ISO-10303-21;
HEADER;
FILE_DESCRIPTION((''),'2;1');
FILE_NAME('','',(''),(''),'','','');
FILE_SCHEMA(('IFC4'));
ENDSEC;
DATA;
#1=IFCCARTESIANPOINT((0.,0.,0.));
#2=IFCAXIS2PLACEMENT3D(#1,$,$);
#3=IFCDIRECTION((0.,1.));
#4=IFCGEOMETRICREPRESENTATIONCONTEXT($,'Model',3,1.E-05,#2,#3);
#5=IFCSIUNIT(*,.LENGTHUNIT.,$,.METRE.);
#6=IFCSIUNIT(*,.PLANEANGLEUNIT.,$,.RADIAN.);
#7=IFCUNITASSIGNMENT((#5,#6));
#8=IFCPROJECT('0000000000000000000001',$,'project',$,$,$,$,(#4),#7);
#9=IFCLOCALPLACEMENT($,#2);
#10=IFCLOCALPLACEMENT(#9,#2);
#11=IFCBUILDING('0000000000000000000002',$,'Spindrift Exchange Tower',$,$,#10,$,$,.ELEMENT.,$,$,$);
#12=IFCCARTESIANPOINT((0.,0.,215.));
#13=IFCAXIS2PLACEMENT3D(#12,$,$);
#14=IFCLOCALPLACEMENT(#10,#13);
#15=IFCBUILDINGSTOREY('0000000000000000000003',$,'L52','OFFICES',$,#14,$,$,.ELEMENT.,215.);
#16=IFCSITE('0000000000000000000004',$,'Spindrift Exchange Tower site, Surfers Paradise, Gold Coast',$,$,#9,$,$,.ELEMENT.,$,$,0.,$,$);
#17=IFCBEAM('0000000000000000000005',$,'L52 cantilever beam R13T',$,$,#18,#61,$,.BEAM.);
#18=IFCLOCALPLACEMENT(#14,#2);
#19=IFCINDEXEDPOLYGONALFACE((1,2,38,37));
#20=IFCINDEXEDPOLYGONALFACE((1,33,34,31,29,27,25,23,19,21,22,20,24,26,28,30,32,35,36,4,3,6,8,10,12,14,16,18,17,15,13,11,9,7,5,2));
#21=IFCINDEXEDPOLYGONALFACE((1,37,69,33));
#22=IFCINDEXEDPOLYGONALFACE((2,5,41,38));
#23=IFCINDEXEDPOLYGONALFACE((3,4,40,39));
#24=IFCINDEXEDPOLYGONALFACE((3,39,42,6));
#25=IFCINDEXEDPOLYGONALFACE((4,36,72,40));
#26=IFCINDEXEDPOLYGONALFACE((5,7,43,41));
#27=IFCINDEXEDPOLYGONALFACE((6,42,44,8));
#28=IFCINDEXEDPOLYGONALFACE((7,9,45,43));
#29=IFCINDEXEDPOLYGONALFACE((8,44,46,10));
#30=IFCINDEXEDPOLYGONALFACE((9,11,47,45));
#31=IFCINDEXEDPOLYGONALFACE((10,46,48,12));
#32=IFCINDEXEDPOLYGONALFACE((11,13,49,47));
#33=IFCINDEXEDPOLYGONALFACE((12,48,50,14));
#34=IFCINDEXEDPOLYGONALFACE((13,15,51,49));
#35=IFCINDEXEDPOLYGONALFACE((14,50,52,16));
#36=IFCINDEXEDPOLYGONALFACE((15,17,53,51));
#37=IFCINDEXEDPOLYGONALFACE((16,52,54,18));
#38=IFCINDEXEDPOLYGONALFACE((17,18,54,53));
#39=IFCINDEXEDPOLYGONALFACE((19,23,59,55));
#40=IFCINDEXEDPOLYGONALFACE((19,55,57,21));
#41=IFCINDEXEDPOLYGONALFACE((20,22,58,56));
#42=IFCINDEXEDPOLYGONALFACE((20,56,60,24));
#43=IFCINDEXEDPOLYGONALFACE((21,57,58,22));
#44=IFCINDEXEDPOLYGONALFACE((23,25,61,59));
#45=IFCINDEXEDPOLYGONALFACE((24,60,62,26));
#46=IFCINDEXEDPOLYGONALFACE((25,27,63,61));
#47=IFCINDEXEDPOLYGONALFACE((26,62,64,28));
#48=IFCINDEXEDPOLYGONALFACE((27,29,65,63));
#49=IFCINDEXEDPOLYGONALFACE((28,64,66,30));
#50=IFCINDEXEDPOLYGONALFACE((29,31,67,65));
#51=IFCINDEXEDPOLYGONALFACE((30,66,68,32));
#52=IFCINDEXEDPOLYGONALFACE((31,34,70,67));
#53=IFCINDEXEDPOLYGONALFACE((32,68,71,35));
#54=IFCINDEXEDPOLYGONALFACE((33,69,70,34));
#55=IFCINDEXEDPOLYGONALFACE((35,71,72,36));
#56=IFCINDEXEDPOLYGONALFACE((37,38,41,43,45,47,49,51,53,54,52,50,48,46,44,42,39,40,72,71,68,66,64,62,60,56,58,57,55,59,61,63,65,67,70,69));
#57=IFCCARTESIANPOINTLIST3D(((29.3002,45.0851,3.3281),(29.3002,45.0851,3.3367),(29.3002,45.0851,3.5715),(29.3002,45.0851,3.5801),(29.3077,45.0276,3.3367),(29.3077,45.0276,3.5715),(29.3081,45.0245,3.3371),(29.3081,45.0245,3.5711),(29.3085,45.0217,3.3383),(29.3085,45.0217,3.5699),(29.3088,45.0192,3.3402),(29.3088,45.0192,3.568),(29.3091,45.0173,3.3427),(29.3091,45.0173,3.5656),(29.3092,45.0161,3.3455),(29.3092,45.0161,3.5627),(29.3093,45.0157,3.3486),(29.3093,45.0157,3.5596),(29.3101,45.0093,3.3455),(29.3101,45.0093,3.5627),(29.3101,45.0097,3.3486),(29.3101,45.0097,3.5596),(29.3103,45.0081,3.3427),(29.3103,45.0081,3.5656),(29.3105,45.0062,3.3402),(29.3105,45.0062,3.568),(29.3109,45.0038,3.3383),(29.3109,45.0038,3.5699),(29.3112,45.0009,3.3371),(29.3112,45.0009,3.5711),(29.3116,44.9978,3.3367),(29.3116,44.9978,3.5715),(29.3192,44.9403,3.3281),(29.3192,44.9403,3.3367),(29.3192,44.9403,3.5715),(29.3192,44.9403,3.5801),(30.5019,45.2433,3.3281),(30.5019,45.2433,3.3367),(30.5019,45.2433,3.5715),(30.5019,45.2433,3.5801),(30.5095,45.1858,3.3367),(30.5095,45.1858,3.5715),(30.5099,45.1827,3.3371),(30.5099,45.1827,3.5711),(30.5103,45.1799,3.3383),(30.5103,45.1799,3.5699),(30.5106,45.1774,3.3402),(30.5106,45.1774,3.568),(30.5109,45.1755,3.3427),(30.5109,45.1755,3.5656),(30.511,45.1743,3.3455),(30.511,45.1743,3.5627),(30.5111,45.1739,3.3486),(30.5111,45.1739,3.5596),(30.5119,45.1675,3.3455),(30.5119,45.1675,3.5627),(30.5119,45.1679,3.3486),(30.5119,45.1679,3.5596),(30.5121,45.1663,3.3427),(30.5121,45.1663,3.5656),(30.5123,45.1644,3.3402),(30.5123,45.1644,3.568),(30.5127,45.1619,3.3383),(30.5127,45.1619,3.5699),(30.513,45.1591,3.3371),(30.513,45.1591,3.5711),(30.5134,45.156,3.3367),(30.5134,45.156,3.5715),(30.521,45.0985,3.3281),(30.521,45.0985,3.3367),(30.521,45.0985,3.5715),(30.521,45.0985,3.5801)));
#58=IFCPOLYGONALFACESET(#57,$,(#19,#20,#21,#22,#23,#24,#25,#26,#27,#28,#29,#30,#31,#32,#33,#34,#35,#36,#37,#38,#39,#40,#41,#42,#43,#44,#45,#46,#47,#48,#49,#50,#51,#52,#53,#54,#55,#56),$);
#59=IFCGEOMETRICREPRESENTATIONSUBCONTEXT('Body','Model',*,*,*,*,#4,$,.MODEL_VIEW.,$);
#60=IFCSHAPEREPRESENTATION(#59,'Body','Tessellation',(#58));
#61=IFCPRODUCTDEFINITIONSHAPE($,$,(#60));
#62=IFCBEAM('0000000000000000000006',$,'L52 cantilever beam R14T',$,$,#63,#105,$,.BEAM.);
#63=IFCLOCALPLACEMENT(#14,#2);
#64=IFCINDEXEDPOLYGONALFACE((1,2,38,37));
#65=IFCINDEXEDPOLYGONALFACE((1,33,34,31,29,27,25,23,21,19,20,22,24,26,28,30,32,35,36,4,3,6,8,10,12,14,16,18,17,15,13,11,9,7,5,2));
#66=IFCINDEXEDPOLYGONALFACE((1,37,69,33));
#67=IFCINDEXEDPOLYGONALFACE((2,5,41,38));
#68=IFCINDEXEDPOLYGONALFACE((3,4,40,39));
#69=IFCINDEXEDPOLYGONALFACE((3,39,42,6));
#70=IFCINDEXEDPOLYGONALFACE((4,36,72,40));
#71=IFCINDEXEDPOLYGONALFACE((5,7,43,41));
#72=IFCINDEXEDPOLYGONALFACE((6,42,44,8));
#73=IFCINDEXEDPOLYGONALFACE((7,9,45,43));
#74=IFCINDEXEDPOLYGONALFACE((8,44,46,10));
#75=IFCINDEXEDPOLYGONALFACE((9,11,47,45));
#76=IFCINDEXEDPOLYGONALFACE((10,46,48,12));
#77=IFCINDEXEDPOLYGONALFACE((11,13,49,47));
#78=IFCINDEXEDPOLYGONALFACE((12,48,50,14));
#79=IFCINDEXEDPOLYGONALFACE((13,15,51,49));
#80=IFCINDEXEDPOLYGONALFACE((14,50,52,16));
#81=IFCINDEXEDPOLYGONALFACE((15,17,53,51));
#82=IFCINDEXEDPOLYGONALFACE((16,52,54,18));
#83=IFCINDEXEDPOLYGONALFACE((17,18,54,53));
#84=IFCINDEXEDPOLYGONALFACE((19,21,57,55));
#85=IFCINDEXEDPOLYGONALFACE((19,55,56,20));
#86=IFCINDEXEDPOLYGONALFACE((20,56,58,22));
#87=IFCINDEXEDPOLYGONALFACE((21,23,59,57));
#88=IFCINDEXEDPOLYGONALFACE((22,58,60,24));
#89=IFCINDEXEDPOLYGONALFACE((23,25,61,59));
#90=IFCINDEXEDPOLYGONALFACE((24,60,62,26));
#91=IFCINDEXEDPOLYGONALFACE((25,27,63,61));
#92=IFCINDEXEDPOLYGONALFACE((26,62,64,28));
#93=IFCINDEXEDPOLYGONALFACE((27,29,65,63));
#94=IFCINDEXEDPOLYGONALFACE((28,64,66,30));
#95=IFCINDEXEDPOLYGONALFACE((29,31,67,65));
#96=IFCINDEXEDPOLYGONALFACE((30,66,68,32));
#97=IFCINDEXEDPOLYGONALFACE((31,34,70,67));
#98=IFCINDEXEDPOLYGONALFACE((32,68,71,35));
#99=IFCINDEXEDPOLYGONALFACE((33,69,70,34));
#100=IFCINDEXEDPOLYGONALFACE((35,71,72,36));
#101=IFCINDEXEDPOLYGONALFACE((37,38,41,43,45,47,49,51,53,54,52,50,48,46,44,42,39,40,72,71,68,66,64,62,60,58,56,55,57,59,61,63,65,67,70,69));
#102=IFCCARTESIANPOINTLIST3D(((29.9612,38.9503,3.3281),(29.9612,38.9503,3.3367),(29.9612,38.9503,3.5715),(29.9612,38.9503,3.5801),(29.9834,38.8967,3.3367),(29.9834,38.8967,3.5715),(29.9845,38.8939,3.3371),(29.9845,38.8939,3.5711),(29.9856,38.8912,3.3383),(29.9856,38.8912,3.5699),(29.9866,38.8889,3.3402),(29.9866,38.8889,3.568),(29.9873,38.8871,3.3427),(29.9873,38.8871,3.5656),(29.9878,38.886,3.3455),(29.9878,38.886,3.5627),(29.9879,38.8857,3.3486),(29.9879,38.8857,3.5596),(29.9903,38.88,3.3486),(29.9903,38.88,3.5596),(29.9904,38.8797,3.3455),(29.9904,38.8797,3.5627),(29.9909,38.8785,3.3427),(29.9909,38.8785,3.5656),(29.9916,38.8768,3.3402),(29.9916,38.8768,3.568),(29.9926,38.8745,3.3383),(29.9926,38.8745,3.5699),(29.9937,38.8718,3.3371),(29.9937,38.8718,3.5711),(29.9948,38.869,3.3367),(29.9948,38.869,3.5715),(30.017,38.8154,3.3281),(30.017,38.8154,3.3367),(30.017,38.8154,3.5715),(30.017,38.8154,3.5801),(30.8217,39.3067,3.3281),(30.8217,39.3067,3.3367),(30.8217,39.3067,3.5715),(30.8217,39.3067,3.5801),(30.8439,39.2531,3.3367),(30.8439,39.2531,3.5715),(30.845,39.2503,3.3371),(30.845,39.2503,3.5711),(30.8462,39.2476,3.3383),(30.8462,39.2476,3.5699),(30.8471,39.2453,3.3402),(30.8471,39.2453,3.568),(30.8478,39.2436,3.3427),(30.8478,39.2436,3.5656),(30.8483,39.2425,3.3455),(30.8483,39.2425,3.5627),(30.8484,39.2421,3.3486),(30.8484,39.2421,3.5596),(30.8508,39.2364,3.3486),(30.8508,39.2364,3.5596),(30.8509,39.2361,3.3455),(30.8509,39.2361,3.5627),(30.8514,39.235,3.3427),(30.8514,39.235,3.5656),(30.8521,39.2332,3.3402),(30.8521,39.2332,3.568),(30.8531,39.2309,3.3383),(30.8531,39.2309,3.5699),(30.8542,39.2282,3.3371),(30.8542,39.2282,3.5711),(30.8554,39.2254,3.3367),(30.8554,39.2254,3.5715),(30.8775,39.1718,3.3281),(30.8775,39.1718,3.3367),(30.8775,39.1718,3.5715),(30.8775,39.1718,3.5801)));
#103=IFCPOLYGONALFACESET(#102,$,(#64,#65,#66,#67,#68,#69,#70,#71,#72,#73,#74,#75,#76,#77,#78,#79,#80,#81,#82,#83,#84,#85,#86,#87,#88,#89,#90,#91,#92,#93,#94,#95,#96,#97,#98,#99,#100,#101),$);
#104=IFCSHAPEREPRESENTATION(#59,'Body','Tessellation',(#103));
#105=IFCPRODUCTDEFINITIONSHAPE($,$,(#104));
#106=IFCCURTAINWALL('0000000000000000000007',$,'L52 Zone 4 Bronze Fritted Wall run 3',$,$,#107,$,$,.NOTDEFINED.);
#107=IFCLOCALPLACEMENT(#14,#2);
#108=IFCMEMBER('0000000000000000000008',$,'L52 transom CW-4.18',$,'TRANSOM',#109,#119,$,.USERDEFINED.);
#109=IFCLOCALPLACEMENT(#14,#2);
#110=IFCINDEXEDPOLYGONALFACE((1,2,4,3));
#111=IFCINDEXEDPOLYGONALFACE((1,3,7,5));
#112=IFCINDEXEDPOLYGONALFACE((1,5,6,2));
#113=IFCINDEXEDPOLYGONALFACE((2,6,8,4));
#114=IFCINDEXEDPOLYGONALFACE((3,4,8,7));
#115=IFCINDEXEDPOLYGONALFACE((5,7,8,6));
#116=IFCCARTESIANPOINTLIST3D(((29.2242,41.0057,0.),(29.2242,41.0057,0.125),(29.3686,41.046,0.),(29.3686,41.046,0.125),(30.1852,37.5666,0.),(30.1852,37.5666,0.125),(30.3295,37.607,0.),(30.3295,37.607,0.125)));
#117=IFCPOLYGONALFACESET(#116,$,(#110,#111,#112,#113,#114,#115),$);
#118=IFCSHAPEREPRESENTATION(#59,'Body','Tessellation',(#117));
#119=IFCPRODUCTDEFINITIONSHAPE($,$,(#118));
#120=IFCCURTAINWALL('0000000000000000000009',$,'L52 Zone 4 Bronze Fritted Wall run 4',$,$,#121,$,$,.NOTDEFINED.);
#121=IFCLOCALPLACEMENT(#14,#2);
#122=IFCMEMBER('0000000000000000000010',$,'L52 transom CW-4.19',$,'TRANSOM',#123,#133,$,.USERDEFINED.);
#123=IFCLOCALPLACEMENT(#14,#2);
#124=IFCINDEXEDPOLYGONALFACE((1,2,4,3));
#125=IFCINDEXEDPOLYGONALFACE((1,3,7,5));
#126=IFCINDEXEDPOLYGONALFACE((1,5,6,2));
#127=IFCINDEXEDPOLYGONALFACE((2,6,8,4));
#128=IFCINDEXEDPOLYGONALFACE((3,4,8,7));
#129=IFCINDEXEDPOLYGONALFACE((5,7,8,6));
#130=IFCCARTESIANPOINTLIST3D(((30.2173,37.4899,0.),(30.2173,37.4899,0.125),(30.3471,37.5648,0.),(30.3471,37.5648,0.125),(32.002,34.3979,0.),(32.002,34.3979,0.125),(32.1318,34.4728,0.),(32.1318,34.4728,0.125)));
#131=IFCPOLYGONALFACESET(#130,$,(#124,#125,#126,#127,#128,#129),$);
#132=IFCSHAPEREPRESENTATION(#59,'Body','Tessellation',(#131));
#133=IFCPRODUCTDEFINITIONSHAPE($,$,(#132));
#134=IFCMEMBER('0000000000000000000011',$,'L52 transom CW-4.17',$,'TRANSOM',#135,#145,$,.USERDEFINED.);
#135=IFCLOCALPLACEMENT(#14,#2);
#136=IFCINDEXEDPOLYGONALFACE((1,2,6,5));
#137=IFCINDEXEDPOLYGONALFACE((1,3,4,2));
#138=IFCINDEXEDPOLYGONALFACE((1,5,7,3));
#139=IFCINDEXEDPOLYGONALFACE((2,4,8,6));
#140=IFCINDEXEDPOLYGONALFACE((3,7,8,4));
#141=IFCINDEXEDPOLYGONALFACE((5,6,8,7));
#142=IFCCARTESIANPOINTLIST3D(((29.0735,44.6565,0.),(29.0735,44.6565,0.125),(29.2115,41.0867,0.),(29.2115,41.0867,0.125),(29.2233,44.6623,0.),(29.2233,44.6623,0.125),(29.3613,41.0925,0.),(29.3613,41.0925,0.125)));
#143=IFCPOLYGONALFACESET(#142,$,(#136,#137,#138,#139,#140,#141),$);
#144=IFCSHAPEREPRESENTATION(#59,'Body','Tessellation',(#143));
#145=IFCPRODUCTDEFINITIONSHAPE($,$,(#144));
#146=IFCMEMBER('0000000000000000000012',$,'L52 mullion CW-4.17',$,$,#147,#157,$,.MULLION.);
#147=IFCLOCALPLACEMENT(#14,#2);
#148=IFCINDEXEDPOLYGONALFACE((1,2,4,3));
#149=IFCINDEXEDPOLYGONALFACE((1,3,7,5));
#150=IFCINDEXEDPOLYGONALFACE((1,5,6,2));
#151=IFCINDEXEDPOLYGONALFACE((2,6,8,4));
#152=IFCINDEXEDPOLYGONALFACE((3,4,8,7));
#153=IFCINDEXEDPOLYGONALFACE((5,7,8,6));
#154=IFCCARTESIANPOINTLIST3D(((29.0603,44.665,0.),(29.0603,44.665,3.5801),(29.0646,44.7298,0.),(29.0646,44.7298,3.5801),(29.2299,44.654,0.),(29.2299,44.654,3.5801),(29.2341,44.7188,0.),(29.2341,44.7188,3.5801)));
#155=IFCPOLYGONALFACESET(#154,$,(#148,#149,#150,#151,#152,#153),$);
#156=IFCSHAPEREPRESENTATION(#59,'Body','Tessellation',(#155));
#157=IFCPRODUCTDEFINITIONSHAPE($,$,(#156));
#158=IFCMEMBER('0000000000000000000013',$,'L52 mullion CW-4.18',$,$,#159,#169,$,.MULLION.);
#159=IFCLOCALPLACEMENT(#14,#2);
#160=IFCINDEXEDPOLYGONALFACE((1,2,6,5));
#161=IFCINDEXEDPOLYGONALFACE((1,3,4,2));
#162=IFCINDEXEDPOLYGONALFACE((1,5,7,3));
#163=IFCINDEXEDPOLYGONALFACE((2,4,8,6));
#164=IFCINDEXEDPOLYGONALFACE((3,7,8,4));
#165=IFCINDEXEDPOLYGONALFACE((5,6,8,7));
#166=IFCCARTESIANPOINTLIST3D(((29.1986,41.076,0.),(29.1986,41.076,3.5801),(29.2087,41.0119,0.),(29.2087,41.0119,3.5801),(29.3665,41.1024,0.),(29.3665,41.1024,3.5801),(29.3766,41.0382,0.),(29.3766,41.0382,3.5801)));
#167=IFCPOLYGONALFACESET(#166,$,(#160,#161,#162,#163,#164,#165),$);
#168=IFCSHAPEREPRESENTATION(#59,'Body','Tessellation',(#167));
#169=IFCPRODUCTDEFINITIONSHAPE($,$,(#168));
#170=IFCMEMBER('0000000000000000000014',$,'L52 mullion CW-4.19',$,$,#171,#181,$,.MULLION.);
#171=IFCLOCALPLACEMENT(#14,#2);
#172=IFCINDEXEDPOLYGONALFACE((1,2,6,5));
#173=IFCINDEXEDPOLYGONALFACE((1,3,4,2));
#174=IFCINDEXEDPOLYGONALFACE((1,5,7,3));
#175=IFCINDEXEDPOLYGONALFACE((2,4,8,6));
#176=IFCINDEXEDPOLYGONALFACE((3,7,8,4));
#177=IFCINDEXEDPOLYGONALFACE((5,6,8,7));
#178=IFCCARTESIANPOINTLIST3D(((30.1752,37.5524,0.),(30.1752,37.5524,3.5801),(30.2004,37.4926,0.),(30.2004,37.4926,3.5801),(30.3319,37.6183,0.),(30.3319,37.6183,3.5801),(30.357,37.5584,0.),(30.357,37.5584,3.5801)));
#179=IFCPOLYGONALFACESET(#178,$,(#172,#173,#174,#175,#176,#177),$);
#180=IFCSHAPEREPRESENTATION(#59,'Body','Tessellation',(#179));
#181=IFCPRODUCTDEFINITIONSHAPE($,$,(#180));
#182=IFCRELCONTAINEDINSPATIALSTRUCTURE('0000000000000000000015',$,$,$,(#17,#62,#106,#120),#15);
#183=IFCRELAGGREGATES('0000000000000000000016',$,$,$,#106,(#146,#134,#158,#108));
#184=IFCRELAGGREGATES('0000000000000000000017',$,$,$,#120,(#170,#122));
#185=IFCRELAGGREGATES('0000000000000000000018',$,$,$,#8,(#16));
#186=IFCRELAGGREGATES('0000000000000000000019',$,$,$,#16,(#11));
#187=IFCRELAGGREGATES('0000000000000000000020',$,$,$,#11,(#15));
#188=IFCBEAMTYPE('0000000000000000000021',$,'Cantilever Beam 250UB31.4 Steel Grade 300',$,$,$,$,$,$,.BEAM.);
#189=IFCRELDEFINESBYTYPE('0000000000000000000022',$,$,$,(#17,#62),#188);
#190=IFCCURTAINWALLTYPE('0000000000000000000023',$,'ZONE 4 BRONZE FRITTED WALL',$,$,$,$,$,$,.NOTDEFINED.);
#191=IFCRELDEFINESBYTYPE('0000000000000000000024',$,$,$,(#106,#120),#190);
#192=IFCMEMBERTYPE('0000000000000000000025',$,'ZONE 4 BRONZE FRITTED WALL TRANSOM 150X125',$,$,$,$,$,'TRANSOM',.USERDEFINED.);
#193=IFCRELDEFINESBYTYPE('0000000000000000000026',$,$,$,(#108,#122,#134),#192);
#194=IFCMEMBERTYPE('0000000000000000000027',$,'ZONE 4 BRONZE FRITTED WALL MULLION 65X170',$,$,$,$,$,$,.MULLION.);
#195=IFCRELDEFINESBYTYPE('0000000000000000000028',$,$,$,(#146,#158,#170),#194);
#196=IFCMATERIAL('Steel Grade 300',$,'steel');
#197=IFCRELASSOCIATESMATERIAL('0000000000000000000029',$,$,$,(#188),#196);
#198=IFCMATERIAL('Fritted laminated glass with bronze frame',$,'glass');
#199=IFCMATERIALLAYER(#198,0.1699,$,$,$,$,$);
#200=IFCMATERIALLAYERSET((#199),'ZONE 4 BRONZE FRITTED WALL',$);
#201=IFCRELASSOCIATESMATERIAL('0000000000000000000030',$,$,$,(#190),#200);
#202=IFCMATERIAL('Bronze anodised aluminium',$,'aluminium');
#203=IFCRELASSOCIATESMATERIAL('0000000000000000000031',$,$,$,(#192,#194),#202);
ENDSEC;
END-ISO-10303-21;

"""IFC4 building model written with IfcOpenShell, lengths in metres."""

from ifc_helpers import new_model, si_unit, direction, frame, origin, origin_2d, place, context, subcontext, project, spatial, rectangle, i_section, extrude, source, transform, mapped, material, layer, layer_set, material_profile, profile_set, type_object, element, aggregate, save


model = new_model("IFC4")

# Units and contexts
model_context = context("Model", 3, precision=1e-05, world=origin(), true_north=direction((0.0, 1.0)))
body_context = subcontext(model_context, "Body", "Model", "MODEL_VIEW")
ifc_project = project(units=[si_unit("LENGTHUNIT", "METRE"), si_unit("PLANEANGLEUNIT", "RADIAN")], contexts=[model_context])

# Site, building, storey
site_placement = place(None, origin())
site = spatial("IfcSite", under=ifc_project, at=site_placement, Name="Spindrift Exchange Tower site, Surfers Paradise, Gold Coast", CompositionType="ELEMENT", RefElevation=0.0)
building_placement = place(site_placement, origin())
building = spatial("IfcBuilding", under=site, at=building_placement, Name="Spindrift Exchange Tower", CompositionType="ELEMENT")
storey_placement = place(building_placement, frame((0.0, 0.0, 215.0)))
storey = spatial("IfcBuildingStorey", under=building, at=storey_placement, Name="L52", Description="OFFICES", CompositionType="ELEMENT", Elevation=215.0)

# Beams
ifc_material_1 = material(Name="Steel Grade 300", Category="steel")
ifc_material_profile_1 = material_profile(ifc_material_1, i_section(OverallWidth=0.146, OverallDepth=0.252, WebThickness=0.0061, FlangeThickness=0.0085, FilletRadius=0.012, at=origin_2d()), Name="250UB31.4")
ifc_profile_set_1 = profile_set([ifc_material_profile_1], Name="Steel Grade 300")
beam_type_1 = type_object("IfcBeamType", Name="Cantilever Beam 250UB31.4 Steel Grade 300", PredefinedType="BEAM", material=ifc_profile_set_1)
shared_shape_1 = source(origin(), body_context, "Body", "SweptSolid", [
    extrude(i_section(OverallWidth=0.146, OverallDepth=0.252, WebThickness=0.0061, FlangeThickness=0.0085, FilletRadius=0.012, at=origin_2d()), origin(), (0.0, 0.0, 1.0), 1.2122),
])
beam_1_placement = place(storey_placement, frame((30.5115, 45.1709, 3.4541), z_axis=(-0.991448, -0.130501, 0.0), x_axis=(0.130501, -0.991448, 0.0)))
element("IfcBeam", 1, at=beam_1_placement, inside=storey, type_object=beam_type_1, Name="L52 cantilever beam R13T", PredefinedType="BEAM", context=body_context, shape_type="MappedRepresentation", body=[
    mapped(shared_shape_1, transform((0.0, 0.0, 0.0), scale=1.0)),
])
shared_shape_2 = source(origin(), body_context, "Body", "SweptSolid", [
    extrude(i_section(OverallWidth=0.146, OverallDepth=0.252, WebThickness=0.0061, FlangeThickness=0.0085, FilletRadius=0.012, at=origin_2d()), origin(), (0.0, 0.0, 1.0), 0.9314),
])
beam_2_placement = place(storey_placement, frame((30.8496, 39.2393, 3.4541), z_axis=(-0.923889, -0.38266, 0.0), x_axis=(0.38266, -0.923889, 0.0)))
element("IfcBeam", 2, at=beam_2_placement, inside=storey, type_object=beam_type_1, Name="L52 cantilever beam R14T", PredefinedType="BEAM", context=body_context, shape_type="MappedRepresentation", body=[
    mapped(shared_shape_2, transform((0.0, 0.0, 0.0), scale=1.0)),
])

# Curtain walls, members
ifc_material_2 = material(Name="Fritted laminated glass with bronze frame", Category="glass")
ifc_layer_1 = layer(ifc_material_2, 0.1699)
ifc_layer_set_1 = layer_set([ifc_layer_1], Name="ZONE 4 BRONZE FRITTED WALL")
curtain_wall_type = type_object("IfcCurtainWallType", Name="ZONE 4 BRONZE FRITTED WALL", PredefinedType="NOTDEFINED", material=ifc_layer_set_1)
curtain_wall_1_placement = place(storey_placement, origin())
curtain_wall_1 = element("IfcCurtainWall", 3, at=curtain_wall_1_placement, inside=storey, type_object=curtain_wall_type, Name="L52 Zone 4 Bronze Fritted Wall run 3", PredefinedType="NOTDEFINED")
ifc_material_3 = material(Name="Bronze anodised aluminium", Category="aluminium")
ifc_material_profile_2 = material_profile(ifc_material_3, rectangle(XDim=0.1499, YDim=0.125, at=origin_2d()), Name="ZONE 4 BRONZE FRITTED WALL TRANSOM 150X125")
ifc_profile_set_2 = profile_set([ifc_material_profile_2], Name="Bronze anodised aluminium")
member_type_1 = type_object("IfcMemberType", Name="ZONE 4 BRONZE FRITTED WALL TRANSOM 150X125", ElementType="TRANSOM", PredefinedType="USERDEFINED", material=ifc_profile_set_2)
shared_shape_3 = source(origin(), body_context, "Body", "SweptSolid", [
    extrude(rectangle(XDim=0.1499, YDim=0.125, at=origin_2d()), origin(), (0.0, 0.0, 1.0), 3.5708),
])
member_1_placement = place(storey_placement, frame((29.2964, 41.0259, 0.0625), z_axis=(0.269118, -0.963107, 0.0), x_axis=(0.963107, 0.269118, 0.0)))
member_1 = element("IfcMember", 4, at=member_1_placement, type_object=member_type_1, Name="L52 transom CW-4.18", ObjectType="TRANSOM", PredefinedType="USERDEFINED", context=body_context, shape_type="MappedRepresentation", body=[
    mapped(shared_shape_3, transform((0.0, 0.0, 0.0), scale=1.0)),
])
curtain_wall_2_placement = place(storey_placement, origin())
curtain_wall_2 = element("IfcCurtainWall", 5, at=curtain_wall_2_placement, inside=storey, type_object=curtain_wall_type, Name="L52 Zone 4 Bronze Fritted Wall run 4", PredefinedType="NOTDEFINED")
shared_shape_4 = source(origin(), body_context, "Body", "SweptSolid", [
    extrude(rectangle(XDim=0.1499, YDim=0.125, at=origin_2d()), origin(), (0.0, 0.0, 1.0), 3.5701),
])
member_2_placement = place(storey_placement, frame((30.2822, 37.5273, 0.0625), z_axis=(0.49989, -0.866089, 0.0), x_axis=(0.866089, 0.49989, 0.0)))
member_2 = element("IfcMember", 6, at=member_2_placement, type_object=member_type_1, Name="L52 transom CW-4.19", ObjectType="TRANSOM", PredefinedType="USERDEFINED", context=body_context, shape_type="MappedRepresentation", body=[
    mapped(shared_shape_4, transform((0.0, 0.0, 0.0), scale=1.0)),
])

# Members
shared_shape_5 = source(origin(), body_context, "Body", "SweptSolid", [
    extrude(rectangle(XDim=0.1499, YDim=0.125, at=origin_2d()), origin(), (0.0, 0.0, 1.0), 3.5725),
])
member_3_placement = place(storey_placement, frame((29.1484, 44.6594, 0.0625), z_axis=(0.038612, -0.999254, 0.0), x_axis=(0.999254, 0.038612, 0.0)))
member_3 = element("IfcMember", 7, at=member_3_placement, type_object=member_type_1, Name="L52 transom CW-4.17", ObjectType="TRANSOM", PredefinedType="USERDEFINED", context=body_context, shape_type="MappedRepresentation", body=[
    mapped(shared_shape_5, transform((0.0, 0.0, 0.0), scale=1.0)),
])
ifc_material_profile_3 = material_profile(ifc_material_3, rectangle(XDim=0.0649, YDim=0.1699, at=origin_2d()), Name="ZONE 4 BRONZE FRITTED WALL MULLION 65X170")
ifc_profile_set_3 = profile_set([ifc_material_profile_3], Name="Bronze anodised aluminium")
member_type_2 = type_object("IfcMemberType", Name="ZONE 4 BRONZE FRITTED WALL MULLION 65X170", PredefinedType="MULLION", material=ifc_profile_set_3)
shared_shape_6 = source(origin(), body_context, "Body", "SweptSolid", [
    extrude(rectangle(XDim=0.0649, YDim=0.1699, at=origin_2d()), origin(), (0.0, 0.0, 1.0), 3.5801),
])
member_4_placement = place(storey_placement, frame((29.1472, 44.6919, 0.0), z_axis=(0.0, 0.0, 1.0), x_axis=(-0.065205, -0.997872, 0.0)))
member_4 = element("IfcMember", 8, at=member_4_placement, type_object=member_type_2, Name="L52 mullion CW-4.17", PredefinedType="MULLION", context=body_context, shape_type="MappedRepresentation", body=[
    mapped(shared_shape_6, transform((0.0, 0.0, 0.0), scale=1.0)),
])
member_5_placement = place(storey_placement, frame((29.2876, 41.0571, 0.0), z_axis=(0.0, 0.0, 1.0), x_axis=(0.154938, -0.987924, 0.0)))
member_5 = element("IfcMember", 9, at=member_5_placement, type_object=member_type_2, Name="L52 mullion CW-4.18", PredefinedType="MULLION", context=body_context, shape_type="MappedRepresentation", body=[
    mapped(shared_shape_6, transform((0.0, 0.0, 0.0), scale=1.0)),
])
member_6_placement = place(storey_placement, frame((30.2661, 37.5554, 0.0), z_axis=(0.0, 0.0, 1.0), x_axis=(0.387538, -0.921854, 0.0)))
member_6 = element("IfcMember", 10, at=member_6_placement, type_object=member_type_2, Name="L52 mullion CW-4.19", PredefinedType="MULLION", context=body_context, shape_type="MappedRepresentation", body=[
    mapped(shared_shape_6, transform((0.0, 0.0, 0.0), scale=1.0)),
])

aggregate(curtain_wall_1, [member_4, member_3, member_5, member_1])
aggregate(curtain_wall_2, [member_6, member_2])

save(model, "model.ifc")
